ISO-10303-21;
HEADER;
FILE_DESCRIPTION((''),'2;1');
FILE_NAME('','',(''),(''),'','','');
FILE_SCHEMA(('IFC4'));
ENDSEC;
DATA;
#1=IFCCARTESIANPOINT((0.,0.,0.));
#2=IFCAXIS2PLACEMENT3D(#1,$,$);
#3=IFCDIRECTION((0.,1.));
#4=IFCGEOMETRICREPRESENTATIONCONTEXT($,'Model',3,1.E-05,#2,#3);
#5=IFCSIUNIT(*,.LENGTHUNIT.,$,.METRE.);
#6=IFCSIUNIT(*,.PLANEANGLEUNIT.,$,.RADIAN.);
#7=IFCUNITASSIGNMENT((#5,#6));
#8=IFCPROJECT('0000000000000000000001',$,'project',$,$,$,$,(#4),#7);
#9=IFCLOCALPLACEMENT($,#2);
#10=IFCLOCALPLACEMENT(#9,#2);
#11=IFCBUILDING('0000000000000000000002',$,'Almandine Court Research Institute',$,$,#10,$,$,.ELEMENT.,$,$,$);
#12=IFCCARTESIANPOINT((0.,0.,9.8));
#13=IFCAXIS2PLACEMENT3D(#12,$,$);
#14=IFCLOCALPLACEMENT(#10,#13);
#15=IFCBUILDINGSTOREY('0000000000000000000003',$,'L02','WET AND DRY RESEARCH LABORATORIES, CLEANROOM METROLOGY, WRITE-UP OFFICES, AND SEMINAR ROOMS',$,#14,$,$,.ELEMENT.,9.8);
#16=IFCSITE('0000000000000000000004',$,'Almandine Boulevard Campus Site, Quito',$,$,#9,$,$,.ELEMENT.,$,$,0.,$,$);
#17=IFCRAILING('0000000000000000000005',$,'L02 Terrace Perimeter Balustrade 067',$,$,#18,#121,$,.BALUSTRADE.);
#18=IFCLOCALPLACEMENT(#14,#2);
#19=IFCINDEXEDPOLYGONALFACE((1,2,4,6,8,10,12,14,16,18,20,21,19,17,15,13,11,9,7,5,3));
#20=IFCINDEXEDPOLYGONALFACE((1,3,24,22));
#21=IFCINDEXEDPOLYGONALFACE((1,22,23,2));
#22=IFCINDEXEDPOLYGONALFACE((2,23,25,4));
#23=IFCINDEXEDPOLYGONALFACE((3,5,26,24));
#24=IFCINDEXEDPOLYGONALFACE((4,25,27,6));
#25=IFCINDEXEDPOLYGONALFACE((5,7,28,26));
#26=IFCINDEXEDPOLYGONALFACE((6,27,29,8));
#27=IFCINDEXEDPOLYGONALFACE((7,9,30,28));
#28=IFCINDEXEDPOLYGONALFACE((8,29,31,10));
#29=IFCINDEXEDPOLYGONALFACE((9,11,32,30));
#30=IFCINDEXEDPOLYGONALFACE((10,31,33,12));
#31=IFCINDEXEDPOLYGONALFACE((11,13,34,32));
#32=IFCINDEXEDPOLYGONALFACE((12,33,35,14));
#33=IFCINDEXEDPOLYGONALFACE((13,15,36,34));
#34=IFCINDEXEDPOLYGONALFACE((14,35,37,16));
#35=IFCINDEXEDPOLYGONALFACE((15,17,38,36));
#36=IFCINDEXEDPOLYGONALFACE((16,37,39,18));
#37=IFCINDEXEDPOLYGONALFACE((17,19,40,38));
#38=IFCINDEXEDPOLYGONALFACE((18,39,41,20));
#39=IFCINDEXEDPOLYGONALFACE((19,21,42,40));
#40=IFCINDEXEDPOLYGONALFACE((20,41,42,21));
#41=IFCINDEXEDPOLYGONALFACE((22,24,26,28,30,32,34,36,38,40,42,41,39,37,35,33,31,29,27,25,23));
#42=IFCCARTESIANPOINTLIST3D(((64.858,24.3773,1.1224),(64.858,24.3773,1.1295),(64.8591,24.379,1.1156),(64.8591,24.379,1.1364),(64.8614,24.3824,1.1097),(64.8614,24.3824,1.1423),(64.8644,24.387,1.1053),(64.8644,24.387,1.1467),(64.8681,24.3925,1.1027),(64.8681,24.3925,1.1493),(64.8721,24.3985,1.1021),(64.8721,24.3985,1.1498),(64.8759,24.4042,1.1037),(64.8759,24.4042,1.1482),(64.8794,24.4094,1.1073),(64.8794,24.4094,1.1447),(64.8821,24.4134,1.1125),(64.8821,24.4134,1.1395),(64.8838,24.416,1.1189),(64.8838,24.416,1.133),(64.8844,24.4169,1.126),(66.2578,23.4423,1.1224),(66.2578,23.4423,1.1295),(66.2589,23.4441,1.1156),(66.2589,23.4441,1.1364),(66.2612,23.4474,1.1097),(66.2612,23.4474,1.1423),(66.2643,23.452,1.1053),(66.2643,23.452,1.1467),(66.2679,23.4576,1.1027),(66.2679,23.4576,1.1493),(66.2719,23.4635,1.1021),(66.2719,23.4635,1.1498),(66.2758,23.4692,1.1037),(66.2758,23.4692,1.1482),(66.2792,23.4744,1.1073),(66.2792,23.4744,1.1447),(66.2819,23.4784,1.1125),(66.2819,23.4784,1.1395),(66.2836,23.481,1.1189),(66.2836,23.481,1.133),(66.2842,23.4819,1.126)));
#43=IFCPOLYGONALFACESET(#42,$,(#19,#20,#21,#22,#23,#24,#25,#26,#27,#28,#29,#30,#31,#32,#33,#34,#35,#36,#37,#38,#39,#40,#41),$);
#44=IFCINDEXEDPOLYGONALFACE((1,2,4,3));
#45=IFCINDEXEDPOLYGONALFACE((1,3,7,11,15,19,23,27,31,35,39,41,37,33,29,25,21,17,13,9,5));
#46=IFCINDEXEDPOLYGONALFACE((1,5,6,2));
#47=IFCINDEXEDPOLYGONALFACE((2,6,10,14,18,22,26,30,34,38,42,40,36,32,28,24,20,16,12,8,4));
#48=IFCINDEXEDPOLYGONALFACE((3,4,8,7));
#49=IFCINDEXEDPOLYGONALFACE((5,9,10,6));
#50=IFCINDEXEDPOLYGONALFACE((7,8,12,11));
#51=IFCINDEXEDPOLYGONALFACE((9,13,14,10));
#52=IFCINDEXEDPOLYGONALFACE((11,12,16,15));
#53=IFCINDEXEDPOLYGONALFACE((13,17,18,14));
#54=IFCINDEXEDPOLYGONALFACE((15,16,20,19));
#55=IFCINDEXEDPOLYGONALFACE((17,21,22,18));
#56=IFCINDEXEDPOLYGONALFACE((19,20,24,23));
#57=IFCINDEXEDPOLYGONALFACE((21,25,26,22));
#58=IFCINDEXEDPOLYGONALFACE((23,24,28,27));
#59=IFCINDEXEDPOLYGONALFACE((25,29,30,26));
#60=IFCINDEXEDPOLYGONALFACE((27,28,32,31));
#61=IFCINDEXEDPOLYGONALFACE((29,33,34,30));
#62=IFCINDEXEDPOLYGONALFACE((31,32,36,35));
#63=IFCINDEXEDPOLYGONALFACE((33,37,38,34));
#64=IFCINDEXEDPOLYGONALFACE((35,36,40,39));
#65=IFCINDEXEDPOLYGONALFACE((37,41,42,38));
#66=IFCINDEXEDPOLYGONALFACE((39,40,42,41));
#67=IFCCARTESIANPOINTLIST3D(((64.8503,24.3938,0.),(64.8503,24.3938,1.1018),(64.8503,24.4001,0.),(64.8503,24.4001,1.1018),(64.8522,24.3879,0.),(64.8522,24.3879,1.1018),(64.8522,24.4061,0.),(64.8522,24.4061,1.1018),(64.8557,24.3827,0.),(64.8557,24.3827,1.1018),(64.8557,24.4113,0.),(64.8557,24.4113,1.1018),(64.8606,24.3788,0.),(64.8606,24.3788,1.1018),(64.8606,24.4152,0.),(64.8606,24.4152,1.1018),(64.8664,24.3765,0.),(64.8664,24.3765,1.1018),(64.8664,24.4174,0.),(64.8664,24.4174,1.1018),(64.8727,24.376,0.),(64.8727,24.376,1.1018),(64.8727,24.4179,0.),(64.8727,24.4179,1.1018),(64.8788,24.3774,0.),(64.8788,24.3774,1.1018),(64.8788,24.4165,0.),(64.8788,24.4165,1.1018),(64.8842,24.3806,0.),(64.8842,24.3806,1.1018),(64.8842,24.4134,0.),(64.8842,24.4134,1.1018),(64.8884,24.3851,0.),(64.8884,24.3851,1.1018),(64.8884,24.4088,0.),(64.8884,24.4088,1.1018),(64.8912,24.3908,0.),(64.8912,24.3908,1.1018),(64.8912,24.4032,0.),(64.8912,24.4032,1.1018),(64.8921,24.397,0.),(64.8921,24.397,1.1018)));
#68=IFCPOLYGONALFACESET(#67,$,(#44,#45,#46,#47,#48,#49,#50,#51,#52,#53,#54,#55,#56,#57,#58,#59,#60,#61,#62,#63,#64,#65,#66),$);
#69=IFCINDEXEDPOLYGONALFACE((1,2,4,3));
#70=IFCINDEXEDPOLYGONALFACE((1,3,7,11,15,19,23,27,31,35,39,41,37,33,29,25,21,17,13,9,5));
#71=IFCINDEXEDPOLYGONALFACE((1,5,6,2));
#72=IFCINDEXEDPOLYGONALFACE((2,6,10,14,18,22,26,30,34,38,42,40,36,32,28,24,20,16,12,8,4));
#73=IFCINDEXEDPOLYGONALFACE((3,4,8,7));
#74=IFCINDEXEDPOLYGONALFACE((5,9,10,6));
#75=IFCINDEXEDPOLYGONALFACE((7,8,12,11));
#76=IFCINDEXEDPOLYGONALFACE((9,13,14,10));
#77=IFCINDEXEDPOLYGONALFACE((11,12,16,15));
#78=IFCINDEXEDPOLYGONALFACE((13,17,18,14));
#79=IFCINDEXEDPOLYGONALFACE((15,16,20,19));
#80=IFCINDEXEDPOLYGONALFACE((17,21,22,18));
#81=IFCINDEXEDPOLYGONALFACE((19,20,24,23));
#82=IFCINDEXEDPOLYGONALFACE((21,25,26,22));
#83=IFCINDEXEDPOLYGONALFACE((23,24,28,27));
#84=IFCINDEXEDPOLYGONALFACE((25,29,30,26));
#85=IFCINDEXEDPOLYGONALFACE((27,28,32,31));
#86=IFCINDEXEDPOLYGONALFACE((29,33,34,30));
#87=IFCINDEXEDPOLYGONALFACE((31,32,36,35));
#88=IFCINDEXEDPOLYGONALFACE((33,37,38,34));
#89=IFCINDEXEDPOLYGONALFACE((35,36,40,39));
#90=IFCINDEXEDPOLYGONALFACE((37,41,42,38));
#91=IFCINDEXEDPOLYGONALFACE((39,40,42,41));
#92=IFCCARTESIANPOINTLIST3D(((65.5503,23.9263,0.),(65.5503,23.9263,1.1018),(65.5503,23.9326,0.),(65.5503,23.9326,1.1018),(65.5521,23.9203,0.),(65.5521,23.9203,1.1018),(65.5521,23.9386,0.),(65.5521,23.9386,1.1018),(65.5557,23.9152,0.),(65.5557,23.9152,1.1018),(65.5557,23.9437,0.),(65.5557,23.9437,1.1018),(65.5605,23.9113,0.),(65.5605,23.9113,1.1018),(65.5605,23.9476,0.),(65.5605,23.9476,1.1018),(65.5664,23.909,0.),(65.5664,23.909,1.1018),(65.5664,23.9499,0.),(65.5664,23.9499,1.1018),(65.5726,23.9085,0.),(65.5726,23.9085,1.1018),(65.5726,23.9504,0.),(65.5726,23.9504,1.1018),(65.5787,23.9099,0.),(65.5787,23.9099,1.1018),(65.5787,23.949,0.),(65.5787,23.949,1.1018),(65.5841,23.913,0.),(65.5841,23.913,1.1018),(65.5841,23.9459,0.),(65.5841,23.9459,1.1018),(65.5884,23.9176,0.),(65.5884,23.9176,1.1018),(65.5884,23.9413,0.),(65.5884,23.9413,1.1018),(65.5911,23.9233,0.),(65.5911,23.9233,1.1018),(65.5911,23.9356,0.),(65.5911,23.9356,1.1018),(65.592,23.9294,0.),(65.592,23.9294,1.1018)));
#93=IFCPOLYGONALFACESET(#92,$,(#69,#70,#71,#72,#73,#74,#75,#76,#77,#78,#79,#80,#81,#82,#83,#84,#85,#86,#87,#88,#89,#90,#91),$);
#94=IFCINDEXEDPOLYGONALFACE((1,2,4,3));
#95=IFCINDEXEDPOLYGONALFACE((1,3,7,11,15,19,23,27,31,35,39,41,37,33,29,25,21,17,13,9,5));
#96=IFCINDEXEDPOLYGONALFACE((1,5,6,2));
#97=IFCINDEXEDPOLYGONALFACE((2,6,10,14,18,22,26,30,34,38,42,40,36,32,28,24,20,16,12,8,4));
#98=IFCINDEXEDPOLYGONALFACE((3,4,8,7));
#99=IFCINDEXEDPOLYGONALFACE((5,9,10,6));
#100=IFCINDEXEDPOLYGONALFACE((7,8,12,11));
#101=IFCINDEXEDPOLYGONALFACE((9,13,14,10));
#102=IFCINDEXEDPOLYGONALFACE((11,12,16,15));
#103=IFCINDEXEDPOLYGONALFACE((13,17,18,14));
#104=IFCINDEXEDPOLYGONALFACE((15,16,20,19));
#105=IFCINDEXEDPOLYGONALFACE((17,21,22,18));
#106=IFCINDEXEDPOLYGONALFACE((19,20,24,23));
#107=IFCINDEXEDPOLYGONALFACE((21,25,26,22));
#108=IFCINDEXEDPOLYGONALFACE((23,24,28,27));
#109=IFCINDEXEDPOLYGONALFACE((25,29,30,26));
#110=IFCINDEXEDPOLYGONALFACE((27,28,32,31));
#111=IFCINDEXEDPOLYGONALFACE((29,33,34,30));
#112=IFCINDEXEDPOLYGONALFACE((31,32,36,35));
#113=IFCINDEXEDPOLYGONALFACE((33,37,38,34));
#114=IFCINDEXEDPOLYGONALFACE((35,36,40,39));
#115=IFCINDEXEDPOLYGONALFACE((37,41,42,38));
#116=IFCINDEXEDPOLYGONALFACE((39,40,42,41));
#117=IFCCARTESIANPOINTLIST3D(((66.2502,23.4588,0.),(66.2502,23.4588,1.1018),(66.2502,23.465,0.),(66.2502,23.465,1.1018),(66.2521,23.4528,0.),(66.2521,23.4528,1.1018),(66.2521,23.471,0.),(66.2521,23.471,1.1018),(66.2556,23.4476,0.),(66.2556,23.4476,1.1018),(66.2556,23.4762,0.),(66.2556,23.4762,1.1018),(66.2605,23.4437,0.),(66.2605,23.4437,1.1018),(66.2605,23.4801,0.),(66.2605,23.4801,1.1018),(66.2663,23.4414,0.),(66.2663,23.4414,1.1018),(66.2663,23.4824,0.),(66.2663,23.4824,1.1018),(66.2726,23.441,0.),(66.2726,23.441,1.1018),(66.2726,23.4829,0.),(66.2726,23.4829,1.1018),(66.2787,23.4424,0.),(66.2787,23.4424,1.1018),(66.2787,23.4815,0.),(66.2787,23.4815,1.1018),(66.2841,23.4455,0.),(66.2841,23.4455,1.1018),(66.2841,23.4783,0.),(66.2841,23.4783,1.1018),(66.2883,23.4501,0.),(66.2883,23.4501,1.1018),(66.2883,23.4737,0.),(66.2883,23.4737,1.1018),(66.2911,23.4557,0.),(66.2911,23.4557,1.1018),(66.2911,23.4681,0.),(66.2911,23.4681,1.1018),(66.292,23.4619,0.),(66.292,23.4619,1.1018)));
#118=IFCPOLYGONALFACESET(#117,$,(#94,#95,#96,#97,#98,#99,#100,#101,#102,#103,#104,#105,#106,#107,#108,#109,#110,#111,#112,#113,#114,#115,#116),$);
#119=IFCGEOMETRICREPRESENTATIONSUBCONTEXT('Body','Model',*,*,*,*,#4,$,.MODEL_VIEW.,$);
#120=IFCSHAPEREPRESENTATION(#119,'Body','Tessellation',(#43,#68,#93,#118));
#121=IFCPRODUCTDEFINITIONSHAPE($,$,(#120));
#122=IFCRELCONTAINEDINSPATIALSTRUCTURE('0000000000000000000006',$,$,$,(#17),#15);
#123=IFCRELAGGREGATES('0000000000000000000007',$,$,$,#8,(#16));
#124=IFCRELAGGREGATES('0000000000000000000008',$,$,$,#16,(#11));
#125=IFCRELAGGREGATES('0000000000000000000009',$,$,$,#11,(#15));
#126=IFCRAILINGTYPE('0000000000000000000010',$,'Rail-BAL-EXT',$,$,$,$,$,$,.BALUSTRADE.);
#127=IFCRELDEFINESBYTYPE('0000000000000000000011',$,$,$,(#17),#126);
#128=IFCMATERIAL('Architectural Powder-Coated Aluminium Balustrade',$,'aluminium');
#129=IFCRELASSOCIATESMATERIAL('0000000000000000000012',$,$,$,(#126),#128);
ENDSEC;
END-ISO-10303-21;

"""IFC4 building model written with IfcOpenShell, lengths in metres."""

from ifc_helpers import new_model, si_unit, direction, frame, origin, origin_2d, place, context, subcontext, project, spatial, circle, extrude, material, type_object, element, save


model = new_model("IFC4")

# Units and contexts
model_context = context("Model", 3, precision=1e-05, world=origin(), true_north=direction((0.0, 1.0)))
body_context = subcontext(model_context, "Body", "Model", "MODEL_VIEW")
ifc_project = project(units=[si_unit("LENGTHUNIT", "METRE"), si_unit("PLANEANGLEUNIT", "RADIAN")], contexts=[model_context])

# Site, building, storey
site_placement = place(None, origin())
site = spatial("IfcSite", under=ifc_project, at=site_placement, Name="Almandine Boulevard Campus Site, Quito", CompositionType="ELEMENT", RefElevation=0.0)
building_placement = place(site_placement, origin())
building = spatial("IfcBuilding", under=site, at=building_placement, Name="Almandine Court Research Institute", CompositionType="ELEMENT")
storey_placement = place(building_placement, frame((0.0, 0.0, 9.8)))
storey = spatial("IfcBuildingStorey", under=building, at=storey_placement, Name="L02", Description="WET AND DRY RESEARCH LABORATORIES, CLEANROOM METROLOGY, WRITE-UP OFFICES, AND SEMINAR ROOMS", CompositionType="ELEMENT", Elevation=9.8)

# Railing
ifc_material_1 = material(Name="Architectural Powder-Coated Aluminium Balustrade", Category="aluminium")
railing_type = type_object("IfcRailingType", Name="Rail-BAL-EXT", PredefinedType="BALUSTRADE", material=ifc_material_1)
railing_1_placement = place(storey_placement, frame((64.8711, 24.397, 0.0)))
element("IfcRailing", 1, at=railing_1_placement, inside=storey, type_object=railing_type, Name="L02 Terrace Perimeter Balustrade 067", PredefinedType="BALUSTRADE", context=body_context, shape_type="SweptSolid", body=[
    extrude(circle(Radius=0.0239, at=origin_2d()), frame((0.0, 0.0, 1.126), z_axis=(0.831559, -0.555436, 0.0), x_axis=(0.555436, 0.831559, 0.0)), (0.0, 0.0, 1.0), 1.6833),
    extrude(circle(Radius=0.021, at=origin_2d()), origin(), (0.0, 0.0, 1.0), 1.1018),
    extrude(circle(Radius=0.021, at=origin_2d()), frame((0.7, -0.4675, 0.0)), (0.0, 0.0, 1.0), 1.1018),
    extrude(circle(Radius=0.021, at=origin_2d()), frame((1.3999, -0.9351, 0.0)), (0.0, 0.0, 1.0), 1.1018),
])

save(model, "model.ifc")
